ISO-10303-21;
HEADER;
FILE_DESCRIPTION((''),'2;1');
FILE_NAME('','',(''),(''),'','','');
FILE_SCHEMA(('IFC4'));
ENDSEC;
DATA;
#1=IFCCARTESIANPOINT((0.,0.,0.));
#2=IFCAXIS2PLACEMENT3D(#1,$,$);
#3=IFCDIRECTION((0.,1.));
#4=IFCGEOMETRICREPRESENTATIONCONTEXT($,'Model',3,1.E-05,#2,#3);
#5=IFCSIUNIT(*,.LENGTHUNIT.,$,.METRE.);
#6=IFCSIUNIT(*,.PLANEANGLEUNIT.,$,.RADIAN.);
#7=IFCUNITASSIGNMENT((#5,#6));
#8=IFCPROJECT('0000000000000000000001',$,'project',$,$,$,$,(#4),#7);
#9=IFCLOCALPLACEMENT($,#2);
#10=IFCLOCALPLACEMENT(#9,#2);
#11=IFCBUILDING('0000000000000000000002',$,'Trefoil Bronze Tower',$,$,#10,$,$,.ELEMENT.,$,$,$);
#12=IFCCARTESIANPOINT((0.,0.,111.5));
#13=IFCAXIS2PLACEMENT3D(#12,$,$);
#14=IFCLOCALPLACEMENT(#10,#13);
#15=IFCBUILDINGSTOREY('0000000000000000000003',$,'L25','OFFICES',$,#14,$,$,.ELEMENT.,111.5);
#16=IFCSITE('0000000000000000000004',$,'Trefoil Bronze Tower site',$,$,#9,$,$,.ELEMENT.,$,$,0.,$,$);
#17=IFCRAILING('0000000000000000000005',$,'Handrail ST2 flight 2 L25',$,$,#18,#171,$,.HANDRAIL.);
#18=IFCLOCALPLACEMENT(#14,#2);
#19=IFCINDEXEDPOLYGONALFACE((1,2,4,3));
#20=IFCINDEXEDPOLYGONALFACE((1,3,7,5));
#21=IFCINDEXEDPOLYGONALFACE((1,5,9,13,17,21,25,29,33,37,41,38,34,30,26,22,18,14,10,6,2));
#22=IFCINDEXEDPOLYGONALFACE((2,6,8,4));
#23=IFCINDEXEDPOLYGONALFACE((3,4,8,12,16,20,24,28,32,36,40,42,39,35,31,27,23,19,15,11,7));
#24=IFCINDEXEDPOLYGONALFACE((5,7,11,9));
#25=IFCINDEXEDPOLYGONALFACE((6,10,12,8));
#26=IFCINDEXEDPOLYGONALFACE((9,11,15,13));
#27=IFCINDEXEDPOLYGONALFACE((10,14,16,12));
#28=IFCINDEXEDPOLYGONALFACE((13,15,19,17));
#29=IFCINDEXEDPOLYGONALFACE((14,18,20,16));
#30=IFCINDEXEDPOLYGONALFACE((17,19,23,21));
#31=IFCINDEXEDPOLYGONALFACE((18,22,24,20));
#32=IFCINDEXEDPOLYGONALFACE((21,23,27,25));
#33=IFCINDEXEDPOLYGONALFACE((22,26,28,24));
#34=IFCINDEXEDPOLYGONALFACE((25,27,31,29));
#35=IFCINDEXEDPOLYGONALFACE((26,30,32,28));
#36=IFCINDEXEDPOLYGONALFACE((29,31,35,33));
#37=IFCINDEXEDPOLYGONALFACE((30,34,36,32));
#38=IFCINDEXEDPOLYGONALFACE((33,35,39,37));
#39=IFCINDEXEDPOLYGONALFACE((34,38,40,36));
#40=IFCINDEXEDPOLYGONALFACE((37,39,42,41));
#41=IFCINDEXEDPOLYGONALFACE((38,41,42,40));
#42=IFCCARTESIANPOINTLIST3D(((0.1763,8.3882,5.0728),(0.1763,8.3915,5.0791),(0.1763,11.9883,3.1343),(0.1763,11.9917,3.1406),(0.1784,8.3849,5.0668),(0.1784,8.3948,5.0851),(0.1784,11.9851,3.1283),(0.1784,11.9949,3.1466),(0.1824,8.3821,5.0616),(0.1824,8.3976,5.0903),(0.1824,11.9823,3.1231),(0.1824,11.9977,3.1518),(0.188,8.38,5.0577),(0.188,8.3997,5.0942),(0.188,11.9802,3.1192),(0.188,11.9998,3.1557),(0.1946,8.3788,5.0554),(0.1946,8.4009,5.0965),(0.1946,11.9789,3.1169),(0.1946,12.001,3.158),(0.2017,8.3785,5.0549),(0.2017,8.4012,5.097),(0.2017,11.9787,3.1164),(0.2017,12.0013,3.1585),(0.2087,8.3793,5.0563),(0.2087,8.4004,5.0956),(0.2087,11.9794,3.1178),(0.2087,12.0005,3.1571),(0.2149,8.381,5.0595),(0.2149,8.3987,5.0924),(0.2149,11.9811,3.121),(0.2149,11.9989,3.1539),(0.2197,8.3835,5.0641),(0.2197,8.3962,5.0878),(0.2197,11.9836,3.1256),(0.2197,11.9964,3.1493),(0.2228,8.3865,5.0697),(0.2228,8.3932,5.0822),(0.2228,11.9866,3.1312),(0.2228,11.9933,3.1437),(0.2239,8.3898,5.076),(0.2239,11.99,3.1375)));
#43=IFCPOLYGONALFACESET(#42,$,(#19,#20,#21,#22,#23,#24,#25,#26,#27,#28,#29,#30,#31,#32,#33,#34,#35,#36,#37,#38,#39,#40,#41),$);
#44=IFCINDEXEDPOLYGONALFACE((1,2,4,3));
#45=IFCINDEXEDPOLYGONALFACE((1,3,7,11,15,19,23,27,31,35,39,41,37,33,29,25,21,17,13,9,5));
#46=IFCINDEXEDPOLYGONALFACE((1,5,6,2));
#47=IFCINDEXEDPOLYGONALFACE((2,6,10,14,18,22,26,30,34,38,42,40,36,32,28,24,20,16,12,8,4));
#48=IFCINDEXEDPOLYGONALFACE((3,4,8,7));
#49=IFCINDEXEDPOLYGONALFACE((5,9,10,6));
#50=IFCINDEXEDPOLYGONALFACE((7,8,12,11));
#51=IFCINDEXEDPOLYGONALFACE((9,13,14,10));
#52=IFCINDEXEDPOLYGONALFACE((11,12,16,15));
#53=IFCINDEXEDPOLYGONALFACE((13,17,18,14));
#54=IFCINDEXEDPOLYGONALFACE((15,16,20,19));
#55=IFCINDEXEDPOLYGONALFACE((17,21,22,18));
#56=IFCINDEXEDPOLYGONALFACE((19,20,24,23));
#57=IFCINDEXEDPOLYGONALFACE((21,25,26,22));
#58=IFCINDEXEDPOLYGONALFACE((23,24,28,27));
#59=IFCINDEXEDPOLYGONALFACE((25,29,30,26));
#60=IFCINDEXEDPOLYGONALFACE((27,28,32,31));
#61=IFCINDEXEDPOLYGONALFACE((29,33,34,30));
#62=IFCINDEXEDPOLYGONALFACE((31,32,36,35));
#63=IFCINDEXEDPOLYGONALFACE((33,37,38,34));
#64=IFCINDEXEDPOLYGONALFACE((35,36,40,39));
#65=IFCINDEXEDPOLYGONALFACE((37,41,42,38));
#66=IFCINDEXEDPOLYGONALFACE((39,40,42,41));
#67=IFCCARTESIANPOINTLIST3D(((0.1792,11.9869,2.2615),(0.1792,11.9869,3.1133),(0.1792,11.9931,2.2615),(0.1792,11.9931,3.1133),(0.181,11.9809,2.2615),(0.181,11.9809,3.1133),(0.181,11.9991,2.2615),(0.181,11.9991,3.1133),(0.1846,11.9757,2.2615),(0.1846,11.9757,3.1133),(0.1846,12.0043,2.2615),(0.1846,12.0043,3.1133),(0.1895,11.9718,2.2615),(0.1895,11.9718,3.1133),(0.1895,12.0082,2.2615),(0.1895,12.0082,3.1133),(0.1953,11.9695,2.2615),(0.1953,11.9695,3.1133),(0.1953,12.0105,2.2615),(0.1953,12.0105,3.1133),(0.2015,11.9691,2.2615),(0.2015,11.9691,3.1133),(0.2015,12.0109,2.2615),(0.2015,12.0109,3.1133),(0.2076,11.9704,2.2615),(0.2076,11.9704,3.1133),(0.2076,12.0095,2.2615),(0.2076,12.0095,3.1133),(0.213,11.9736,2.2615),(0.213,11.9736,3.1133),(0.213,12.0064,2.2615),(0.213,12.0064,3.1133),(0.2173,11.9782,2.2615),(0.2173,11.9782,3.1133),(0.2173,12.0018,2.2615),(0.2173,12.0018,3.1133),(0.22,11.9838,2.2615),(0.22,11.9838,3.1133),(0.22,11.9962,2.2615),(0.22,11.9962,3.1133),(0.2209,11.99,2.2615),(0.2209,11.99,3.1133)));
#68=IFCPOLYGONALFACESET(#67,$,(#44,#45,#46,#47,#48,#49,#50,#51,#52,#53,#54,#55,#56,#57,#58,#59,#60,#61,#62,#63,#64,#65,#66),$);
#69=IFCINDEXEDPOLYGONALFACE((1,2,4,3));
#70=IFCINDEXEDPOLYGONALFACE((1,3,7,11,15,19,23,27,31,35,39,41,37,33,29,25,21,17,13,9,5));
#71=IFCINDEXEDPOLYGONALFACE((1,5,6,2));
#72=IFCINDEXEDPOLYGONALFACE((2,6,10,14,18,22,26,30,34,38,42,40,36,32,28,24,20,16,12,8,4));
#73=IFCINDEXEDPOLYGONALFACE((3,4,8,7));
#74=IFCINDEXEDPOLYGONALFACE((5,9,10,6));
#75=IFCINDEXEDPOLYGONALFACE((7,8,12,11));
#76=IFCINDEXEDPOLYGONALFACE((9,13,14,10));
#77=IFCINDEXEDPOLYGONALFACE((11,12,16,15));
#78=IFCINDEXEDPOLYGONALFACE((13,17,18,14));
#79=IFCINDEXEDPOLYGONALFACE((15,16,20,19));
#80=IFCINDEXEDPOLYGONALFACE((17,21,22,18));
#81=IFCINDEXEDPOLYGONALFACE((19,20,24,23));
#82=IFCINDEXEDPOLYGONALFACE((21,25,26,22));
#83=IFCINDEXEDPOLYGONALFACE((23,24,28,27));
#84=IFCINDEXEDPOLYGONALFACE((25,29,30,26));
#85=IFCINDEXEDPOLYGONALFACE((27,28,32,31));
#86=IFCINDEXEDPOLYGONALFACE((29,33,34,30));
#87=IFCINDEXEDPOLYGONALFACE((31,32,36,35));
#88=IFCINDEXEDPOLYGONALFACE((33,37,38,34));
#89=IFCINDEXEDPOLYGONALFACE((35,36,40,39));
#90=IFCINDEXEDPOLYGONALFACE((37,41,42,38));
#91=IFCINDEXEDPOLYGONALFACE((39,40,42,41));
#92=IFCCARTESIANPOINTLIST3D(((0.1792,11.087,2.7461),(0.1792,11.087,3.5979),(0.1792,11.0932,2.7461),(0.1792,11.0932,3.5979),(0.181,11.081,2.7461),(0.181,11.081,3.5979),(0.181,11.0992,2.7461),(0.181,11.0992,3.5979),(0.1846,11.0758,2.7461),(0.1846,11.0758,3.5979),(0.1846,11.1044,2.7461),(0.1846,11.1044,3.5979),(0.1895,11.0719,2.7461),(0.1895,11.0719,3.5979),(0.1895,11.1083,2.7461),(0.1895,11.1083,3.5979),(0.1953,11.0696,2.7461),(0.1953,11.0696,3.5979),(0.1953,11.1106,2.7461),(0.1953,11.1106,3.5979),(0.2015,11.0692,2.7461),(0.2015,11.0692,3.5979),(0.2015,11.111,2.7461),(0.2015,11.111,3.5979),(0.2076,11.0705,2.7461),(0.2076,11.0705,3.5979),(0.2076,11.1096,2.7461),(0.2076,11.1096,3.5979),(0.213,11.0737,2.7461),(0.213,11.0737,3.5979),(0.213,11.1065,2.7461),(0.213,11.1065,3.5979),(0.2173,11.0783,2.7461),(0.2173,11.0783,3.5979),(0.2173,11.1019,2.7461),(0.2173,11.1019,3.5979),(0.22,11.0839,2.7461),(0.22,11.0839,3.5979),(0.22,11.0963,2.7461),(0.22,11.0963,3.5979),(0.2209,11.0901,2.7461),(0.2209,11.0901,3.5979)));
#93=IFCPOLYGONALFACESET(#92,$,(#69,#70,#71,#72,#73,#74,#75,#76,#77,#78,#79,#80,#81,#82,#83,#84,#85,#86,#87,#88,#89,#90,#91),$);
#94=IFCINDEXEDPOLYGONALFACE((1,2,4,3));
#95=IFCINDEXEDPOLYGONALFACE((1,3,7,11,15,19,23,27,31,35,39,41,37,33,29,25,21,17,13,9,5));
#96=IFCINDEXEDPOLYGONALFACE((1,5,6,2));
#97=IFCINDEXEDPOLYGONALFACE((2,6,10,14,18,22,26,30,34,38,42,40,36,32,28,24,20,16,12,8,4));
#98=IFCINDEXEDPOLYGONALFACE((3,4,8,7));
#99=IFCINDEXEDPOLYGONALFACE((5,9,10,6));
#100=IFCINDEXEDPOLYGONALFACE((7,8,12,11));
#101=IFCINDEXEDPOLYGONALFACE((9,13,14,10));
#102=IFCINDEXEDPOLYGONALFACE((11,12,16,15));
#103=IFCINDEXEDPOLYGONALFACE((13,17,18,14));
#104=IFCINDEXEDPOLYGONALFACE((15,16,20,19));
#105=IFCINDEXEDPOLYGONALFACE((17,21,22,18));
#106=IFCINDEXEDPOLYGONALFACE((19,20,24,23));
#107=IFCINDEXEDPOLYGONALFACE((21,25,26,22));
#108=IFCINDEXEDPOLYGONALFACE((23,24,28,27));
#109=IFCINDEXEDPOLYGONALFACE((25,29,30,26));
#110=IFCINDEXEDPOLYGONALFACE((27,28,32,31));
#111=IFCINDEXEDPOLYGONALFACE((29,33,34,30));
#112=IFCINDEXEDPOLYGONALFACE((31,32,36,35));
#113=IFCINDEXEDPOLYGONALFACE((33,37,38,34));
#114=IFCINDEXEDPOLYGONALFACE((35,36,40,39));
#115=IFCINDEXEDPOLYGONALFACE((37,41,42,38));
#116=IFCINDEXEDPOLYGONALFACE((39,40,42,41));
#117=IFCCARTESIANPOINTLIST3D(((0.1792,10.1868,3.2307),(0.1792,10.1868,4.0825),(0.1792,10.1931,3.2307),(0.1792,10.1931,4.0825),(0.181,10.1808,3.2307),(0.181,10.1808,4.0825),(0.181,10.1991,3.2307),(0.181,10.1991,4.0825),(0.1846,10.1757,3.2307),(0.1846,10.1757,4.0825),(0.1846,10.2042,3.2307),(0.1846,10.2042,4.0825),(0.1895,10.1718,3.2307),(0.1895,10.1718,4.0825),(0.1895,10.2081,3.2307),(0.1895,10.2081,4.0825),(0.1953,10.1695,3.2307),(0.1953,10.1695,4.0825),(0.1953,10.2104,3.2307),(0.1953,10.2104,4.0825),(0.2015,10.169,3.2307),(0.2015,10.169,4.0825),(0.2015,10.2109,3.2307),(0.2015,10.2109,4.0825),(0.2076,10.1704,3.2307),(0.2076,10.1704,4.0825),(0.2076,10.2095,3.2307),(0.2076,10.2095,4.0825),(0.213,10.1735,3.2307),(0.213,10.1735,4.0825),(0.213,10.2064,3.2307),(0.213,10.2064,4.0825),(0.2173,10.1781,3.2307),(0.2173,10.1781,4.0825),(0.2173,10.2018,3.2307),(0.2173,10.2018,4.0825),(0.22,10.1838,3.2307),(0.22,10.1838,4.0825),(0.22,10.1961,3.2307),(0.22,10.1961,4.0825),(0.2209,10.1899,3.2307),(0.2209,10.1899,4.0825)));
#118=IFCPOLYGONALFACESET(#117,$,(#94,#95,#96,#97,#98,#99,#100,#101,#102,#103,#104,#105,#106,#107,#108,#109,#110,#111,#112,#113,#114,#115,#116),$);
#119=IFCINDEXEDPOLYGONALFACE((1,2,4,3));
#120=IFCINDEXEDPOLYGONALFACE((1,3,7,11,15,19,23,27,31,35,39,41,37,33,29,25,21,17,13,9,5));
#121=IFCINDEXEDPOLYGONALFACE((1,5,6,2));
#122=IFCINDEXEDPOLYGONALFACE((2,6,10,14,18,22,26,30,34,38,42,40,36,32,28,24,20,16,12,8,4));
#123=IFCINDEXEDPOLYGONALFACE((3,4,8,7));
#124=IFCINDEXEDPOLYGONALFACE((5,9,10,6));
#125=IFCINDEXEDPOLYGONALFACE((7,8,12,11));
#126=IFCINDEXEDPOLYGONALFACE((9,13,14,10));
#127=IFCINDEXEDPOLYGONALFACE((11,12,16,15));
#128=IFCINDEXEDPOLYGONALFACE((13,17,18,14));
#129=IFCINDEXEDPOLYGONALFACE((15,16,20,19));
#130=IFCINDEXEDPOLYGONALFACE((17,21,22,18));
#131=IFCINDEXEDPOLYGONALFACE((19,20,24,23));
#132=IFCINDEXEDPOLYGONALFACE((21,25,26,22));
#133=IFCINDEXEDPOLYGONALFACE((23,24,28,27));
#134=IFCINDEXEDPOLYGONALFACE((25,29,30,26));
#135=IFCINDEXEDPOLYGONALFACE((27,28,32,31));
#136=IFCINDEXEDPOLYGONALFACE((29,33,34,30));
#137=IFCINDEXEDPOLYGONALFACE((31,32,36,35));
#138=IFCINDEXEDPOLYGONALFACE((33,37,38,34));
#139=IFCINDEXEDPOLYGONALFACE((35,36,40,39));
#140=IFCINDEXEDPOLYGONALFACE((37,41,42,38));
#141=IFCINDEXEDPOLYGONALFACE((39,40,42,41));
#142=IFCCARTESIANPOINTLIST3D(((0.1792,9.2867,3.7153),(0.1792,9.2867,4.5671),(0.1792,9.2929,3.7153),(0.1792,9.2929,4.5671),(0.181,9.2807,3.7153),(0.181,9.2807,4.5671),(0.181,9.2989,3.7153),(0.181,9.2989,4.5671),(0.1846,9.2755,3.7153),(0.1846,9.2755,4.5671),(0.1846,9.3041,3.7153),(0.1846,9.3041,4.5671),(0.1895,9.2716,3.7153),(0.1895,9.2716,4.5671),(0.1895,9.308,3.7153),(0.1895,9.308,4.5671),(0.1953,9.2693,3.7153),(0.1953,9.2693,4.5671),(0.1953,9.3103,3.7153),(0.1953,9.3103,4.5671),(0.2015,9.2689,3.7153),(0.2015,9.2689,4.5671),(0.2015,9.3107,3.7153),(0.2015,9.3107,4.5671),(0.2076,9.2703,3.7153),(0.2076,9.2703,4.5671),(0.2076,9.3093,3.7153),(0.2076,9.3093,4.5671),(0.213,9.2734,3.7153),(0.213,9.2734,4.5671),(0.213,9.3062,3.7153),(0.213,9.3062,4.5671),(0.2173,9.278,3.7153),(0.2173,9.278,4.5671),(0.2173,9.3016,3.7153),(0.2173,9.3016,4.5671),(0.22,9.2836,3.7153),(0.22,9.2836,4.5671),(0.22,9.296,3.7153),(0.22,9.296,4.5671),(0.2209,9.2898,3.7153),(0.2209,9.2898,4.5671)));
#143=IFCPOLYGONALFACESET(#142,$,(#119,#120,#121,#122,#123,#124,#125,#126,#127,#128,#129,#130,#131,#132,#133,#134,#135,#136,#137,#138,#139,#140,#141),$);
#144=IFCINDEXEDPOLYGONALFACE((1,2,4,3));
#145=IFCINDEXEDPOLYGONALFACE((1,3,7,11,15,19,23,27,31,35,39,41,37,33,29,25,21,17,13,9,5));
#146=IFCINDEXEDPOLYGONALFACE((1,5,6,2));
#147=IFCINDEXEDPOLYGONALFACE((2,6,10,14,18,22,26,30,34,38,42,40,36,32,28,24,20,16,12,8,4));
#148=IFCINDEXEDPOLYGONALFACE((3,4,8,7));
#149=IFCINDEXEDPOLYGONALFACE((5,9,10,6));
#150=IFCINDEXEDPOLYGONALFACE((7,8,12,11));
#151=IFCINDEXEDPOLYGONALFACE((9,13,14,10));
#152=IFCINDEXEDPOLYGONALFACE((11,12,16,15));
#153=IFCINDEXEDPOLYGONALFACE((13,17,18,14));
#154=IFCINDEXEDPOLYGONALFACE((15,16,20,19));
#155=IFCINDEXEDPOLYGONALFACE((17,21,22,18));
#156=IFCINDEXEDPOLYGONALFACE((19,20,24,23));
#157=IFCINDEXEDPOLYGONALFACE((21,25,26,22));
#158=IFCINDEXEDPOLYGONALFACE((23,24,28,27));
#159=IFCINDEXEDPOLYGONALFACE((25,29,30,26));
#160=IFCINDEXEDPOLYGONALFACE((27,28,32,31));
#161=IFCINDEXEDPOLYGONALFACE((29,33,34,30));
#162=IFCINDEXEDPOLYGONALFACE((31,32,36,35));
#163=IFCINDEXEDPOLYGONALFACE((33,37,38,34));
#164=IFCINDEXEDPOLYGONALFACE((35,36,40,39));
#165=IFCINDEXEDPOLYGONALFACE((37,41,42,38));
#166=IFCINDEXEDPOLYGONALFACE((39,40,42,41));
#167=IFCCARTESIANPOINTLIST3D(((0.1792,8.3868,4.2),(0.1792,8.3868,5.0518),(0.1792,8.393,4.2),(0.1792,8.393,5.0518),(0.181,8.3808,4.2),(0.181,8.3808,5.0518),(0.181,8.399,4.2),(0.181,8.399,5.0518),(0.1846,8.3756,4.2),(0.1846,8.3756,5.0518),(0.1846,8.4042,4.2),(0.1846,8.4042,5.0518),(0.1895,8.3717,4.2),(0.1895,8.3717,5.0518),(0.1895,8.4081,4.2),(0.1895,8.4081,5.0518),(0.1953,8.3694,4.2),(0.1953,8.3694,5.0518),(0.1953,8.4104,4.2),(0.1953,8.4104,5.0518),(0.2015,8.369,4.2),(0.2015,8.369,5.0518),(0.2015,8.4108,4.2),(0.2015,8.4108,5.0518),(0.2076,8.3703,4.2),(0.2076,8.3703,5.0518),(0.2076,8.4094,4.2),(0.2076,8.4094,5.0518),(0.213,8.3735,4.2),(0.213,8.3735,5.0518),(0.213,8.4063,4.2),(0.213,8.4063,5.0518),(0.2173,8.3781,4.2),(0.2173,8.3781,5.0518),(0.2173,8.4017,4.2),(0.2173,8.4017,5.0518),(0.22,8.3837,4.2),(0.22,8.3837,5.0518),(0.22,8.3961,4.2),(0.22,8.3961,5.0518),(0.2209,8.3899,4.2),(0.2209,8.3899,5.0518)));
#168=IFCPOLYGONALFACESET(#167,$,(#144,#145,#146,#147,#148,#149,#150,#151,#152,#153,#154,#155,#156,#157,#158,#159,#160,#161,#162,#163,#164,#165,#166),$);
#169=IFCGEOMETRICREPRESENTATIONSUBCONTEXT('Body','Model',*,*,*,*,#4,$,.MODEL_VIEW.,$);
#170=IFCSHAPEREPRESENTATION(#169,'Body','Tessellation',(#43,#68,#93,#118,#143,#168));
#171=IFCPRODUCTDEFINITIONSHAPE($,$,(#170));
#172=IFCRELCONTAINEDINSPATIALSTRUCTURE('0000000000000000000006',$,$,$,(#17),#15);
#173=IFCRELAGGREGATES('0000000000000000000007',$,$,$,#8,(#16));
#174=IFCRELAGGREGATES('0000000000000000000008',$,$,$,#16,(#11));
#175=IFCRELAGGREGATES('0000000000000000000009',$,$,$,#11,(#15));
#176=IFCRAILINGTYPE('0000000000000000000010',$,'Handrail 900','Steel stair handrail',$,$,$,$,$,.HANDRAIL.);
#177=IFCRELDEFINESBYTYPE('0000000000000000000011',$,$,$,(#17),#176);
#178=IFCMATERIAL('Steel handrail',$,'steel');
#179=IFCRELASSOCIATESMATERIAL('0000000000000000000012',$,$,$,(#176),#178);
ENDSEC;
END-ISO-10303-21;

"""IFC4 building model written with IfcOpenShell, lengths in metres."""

from ifc_helpers import new_model, si_unit, direction, frame, origin, origin_2d, place, context, subcontext, project, spatial, circle, extrude, material, type_object, element, save


model = new_model("IFC4")

# Units and contexts
model_context = context("Model", 3, precision=1e-05, world=origin(), true_north=direction((0.0, 1.0)))
body_context = subcontext(model_context, "Body", "Model", "MODEL_VIEW")
ifc_project = project(units=[si_unit("LENGTHUNIT", "METRE"), si_unit("PLANEANGLEUNIT", "RADIAN")], contexts=[model_context])

# Site, building, storey
site_placement = place(None, origin())
site = spatial("IfcSite", under=ifc_project, at=site_placement, Name="Trefoil Bronze Tower site", CompositionType="ELEMENT", RefElevation=0.0)
building_placement = place(site_placement, origin())
building = spatial("IfcBuilding", under=site, at=building_placement, Name="Trefoil Bronze Tower", CompositionType="ELEMENT")
storey_placement = place(building_placement, frame((0.0, 0.0, 111.5)))
storey = spatial("IfcBuildingStorey", under=building, at=storey_placement, Name="L25", Description="OFFICES", CompositionType="ELEMENT", Elevation=111.5)

# Railing
ifc_material_1 = material(Name="Steel handrail", Category="steel")
railing_type = type_object("IfcRailingType", Name="Handrail 900", Description="Steel stair handrail", PredefinedType="HANDRAIL", material=ifc_material_1)
railing_placement = place(storey_placement, frame((0.2, 11.99, 2.2615)))
element("IfcRailing", 1, at=railing_placement, inside=storey, type_object=railing_type, Name="Handrail ST2 flight 2 L25", PredefinedType="HANDRAIL", context=body_context, shape_type="SweptSolid", body=[
    extrude(circle(Radius=0.0239, at=origin_2d()), frame((0.0, 0.0, 0.876), z_axis=(0.0, -0.880475, 0.474093), x_axis=(1.0, 0.0, 0.0)), (0.0, 0.0, 1.0), 4.0889),
    extrude(circle(Radius=0.021, at=origin_2d()), origin(), (0.0, 0.0, 1.0), 0.8518),
    extrude(circle(Radius=0.021, at=origin_2d()), frame((0.0, -0.8999, 0.4846)), (0.0, 0.0, 1.0), 0.8518),
    extrude(circle(Radius=0.021, at=origin_2d()), frame((0.0, -1.8, 0.9692)), (0.0, 0.0, 1.0), 0.8518),
    extrude(circle(Radius=0.021, at=origin_2d()), frame((0.0, -2.7002, 1.4539)), (0.0, 0.0, 1.0), 0.8518),
    extrude(circle(Radius=0.021, at=origin_2d()), frame((0.0, -3.6001, 1.9385)), (0.0, 0.0, 1.0), 0.8518),
])

save(model, "model.ifc")
